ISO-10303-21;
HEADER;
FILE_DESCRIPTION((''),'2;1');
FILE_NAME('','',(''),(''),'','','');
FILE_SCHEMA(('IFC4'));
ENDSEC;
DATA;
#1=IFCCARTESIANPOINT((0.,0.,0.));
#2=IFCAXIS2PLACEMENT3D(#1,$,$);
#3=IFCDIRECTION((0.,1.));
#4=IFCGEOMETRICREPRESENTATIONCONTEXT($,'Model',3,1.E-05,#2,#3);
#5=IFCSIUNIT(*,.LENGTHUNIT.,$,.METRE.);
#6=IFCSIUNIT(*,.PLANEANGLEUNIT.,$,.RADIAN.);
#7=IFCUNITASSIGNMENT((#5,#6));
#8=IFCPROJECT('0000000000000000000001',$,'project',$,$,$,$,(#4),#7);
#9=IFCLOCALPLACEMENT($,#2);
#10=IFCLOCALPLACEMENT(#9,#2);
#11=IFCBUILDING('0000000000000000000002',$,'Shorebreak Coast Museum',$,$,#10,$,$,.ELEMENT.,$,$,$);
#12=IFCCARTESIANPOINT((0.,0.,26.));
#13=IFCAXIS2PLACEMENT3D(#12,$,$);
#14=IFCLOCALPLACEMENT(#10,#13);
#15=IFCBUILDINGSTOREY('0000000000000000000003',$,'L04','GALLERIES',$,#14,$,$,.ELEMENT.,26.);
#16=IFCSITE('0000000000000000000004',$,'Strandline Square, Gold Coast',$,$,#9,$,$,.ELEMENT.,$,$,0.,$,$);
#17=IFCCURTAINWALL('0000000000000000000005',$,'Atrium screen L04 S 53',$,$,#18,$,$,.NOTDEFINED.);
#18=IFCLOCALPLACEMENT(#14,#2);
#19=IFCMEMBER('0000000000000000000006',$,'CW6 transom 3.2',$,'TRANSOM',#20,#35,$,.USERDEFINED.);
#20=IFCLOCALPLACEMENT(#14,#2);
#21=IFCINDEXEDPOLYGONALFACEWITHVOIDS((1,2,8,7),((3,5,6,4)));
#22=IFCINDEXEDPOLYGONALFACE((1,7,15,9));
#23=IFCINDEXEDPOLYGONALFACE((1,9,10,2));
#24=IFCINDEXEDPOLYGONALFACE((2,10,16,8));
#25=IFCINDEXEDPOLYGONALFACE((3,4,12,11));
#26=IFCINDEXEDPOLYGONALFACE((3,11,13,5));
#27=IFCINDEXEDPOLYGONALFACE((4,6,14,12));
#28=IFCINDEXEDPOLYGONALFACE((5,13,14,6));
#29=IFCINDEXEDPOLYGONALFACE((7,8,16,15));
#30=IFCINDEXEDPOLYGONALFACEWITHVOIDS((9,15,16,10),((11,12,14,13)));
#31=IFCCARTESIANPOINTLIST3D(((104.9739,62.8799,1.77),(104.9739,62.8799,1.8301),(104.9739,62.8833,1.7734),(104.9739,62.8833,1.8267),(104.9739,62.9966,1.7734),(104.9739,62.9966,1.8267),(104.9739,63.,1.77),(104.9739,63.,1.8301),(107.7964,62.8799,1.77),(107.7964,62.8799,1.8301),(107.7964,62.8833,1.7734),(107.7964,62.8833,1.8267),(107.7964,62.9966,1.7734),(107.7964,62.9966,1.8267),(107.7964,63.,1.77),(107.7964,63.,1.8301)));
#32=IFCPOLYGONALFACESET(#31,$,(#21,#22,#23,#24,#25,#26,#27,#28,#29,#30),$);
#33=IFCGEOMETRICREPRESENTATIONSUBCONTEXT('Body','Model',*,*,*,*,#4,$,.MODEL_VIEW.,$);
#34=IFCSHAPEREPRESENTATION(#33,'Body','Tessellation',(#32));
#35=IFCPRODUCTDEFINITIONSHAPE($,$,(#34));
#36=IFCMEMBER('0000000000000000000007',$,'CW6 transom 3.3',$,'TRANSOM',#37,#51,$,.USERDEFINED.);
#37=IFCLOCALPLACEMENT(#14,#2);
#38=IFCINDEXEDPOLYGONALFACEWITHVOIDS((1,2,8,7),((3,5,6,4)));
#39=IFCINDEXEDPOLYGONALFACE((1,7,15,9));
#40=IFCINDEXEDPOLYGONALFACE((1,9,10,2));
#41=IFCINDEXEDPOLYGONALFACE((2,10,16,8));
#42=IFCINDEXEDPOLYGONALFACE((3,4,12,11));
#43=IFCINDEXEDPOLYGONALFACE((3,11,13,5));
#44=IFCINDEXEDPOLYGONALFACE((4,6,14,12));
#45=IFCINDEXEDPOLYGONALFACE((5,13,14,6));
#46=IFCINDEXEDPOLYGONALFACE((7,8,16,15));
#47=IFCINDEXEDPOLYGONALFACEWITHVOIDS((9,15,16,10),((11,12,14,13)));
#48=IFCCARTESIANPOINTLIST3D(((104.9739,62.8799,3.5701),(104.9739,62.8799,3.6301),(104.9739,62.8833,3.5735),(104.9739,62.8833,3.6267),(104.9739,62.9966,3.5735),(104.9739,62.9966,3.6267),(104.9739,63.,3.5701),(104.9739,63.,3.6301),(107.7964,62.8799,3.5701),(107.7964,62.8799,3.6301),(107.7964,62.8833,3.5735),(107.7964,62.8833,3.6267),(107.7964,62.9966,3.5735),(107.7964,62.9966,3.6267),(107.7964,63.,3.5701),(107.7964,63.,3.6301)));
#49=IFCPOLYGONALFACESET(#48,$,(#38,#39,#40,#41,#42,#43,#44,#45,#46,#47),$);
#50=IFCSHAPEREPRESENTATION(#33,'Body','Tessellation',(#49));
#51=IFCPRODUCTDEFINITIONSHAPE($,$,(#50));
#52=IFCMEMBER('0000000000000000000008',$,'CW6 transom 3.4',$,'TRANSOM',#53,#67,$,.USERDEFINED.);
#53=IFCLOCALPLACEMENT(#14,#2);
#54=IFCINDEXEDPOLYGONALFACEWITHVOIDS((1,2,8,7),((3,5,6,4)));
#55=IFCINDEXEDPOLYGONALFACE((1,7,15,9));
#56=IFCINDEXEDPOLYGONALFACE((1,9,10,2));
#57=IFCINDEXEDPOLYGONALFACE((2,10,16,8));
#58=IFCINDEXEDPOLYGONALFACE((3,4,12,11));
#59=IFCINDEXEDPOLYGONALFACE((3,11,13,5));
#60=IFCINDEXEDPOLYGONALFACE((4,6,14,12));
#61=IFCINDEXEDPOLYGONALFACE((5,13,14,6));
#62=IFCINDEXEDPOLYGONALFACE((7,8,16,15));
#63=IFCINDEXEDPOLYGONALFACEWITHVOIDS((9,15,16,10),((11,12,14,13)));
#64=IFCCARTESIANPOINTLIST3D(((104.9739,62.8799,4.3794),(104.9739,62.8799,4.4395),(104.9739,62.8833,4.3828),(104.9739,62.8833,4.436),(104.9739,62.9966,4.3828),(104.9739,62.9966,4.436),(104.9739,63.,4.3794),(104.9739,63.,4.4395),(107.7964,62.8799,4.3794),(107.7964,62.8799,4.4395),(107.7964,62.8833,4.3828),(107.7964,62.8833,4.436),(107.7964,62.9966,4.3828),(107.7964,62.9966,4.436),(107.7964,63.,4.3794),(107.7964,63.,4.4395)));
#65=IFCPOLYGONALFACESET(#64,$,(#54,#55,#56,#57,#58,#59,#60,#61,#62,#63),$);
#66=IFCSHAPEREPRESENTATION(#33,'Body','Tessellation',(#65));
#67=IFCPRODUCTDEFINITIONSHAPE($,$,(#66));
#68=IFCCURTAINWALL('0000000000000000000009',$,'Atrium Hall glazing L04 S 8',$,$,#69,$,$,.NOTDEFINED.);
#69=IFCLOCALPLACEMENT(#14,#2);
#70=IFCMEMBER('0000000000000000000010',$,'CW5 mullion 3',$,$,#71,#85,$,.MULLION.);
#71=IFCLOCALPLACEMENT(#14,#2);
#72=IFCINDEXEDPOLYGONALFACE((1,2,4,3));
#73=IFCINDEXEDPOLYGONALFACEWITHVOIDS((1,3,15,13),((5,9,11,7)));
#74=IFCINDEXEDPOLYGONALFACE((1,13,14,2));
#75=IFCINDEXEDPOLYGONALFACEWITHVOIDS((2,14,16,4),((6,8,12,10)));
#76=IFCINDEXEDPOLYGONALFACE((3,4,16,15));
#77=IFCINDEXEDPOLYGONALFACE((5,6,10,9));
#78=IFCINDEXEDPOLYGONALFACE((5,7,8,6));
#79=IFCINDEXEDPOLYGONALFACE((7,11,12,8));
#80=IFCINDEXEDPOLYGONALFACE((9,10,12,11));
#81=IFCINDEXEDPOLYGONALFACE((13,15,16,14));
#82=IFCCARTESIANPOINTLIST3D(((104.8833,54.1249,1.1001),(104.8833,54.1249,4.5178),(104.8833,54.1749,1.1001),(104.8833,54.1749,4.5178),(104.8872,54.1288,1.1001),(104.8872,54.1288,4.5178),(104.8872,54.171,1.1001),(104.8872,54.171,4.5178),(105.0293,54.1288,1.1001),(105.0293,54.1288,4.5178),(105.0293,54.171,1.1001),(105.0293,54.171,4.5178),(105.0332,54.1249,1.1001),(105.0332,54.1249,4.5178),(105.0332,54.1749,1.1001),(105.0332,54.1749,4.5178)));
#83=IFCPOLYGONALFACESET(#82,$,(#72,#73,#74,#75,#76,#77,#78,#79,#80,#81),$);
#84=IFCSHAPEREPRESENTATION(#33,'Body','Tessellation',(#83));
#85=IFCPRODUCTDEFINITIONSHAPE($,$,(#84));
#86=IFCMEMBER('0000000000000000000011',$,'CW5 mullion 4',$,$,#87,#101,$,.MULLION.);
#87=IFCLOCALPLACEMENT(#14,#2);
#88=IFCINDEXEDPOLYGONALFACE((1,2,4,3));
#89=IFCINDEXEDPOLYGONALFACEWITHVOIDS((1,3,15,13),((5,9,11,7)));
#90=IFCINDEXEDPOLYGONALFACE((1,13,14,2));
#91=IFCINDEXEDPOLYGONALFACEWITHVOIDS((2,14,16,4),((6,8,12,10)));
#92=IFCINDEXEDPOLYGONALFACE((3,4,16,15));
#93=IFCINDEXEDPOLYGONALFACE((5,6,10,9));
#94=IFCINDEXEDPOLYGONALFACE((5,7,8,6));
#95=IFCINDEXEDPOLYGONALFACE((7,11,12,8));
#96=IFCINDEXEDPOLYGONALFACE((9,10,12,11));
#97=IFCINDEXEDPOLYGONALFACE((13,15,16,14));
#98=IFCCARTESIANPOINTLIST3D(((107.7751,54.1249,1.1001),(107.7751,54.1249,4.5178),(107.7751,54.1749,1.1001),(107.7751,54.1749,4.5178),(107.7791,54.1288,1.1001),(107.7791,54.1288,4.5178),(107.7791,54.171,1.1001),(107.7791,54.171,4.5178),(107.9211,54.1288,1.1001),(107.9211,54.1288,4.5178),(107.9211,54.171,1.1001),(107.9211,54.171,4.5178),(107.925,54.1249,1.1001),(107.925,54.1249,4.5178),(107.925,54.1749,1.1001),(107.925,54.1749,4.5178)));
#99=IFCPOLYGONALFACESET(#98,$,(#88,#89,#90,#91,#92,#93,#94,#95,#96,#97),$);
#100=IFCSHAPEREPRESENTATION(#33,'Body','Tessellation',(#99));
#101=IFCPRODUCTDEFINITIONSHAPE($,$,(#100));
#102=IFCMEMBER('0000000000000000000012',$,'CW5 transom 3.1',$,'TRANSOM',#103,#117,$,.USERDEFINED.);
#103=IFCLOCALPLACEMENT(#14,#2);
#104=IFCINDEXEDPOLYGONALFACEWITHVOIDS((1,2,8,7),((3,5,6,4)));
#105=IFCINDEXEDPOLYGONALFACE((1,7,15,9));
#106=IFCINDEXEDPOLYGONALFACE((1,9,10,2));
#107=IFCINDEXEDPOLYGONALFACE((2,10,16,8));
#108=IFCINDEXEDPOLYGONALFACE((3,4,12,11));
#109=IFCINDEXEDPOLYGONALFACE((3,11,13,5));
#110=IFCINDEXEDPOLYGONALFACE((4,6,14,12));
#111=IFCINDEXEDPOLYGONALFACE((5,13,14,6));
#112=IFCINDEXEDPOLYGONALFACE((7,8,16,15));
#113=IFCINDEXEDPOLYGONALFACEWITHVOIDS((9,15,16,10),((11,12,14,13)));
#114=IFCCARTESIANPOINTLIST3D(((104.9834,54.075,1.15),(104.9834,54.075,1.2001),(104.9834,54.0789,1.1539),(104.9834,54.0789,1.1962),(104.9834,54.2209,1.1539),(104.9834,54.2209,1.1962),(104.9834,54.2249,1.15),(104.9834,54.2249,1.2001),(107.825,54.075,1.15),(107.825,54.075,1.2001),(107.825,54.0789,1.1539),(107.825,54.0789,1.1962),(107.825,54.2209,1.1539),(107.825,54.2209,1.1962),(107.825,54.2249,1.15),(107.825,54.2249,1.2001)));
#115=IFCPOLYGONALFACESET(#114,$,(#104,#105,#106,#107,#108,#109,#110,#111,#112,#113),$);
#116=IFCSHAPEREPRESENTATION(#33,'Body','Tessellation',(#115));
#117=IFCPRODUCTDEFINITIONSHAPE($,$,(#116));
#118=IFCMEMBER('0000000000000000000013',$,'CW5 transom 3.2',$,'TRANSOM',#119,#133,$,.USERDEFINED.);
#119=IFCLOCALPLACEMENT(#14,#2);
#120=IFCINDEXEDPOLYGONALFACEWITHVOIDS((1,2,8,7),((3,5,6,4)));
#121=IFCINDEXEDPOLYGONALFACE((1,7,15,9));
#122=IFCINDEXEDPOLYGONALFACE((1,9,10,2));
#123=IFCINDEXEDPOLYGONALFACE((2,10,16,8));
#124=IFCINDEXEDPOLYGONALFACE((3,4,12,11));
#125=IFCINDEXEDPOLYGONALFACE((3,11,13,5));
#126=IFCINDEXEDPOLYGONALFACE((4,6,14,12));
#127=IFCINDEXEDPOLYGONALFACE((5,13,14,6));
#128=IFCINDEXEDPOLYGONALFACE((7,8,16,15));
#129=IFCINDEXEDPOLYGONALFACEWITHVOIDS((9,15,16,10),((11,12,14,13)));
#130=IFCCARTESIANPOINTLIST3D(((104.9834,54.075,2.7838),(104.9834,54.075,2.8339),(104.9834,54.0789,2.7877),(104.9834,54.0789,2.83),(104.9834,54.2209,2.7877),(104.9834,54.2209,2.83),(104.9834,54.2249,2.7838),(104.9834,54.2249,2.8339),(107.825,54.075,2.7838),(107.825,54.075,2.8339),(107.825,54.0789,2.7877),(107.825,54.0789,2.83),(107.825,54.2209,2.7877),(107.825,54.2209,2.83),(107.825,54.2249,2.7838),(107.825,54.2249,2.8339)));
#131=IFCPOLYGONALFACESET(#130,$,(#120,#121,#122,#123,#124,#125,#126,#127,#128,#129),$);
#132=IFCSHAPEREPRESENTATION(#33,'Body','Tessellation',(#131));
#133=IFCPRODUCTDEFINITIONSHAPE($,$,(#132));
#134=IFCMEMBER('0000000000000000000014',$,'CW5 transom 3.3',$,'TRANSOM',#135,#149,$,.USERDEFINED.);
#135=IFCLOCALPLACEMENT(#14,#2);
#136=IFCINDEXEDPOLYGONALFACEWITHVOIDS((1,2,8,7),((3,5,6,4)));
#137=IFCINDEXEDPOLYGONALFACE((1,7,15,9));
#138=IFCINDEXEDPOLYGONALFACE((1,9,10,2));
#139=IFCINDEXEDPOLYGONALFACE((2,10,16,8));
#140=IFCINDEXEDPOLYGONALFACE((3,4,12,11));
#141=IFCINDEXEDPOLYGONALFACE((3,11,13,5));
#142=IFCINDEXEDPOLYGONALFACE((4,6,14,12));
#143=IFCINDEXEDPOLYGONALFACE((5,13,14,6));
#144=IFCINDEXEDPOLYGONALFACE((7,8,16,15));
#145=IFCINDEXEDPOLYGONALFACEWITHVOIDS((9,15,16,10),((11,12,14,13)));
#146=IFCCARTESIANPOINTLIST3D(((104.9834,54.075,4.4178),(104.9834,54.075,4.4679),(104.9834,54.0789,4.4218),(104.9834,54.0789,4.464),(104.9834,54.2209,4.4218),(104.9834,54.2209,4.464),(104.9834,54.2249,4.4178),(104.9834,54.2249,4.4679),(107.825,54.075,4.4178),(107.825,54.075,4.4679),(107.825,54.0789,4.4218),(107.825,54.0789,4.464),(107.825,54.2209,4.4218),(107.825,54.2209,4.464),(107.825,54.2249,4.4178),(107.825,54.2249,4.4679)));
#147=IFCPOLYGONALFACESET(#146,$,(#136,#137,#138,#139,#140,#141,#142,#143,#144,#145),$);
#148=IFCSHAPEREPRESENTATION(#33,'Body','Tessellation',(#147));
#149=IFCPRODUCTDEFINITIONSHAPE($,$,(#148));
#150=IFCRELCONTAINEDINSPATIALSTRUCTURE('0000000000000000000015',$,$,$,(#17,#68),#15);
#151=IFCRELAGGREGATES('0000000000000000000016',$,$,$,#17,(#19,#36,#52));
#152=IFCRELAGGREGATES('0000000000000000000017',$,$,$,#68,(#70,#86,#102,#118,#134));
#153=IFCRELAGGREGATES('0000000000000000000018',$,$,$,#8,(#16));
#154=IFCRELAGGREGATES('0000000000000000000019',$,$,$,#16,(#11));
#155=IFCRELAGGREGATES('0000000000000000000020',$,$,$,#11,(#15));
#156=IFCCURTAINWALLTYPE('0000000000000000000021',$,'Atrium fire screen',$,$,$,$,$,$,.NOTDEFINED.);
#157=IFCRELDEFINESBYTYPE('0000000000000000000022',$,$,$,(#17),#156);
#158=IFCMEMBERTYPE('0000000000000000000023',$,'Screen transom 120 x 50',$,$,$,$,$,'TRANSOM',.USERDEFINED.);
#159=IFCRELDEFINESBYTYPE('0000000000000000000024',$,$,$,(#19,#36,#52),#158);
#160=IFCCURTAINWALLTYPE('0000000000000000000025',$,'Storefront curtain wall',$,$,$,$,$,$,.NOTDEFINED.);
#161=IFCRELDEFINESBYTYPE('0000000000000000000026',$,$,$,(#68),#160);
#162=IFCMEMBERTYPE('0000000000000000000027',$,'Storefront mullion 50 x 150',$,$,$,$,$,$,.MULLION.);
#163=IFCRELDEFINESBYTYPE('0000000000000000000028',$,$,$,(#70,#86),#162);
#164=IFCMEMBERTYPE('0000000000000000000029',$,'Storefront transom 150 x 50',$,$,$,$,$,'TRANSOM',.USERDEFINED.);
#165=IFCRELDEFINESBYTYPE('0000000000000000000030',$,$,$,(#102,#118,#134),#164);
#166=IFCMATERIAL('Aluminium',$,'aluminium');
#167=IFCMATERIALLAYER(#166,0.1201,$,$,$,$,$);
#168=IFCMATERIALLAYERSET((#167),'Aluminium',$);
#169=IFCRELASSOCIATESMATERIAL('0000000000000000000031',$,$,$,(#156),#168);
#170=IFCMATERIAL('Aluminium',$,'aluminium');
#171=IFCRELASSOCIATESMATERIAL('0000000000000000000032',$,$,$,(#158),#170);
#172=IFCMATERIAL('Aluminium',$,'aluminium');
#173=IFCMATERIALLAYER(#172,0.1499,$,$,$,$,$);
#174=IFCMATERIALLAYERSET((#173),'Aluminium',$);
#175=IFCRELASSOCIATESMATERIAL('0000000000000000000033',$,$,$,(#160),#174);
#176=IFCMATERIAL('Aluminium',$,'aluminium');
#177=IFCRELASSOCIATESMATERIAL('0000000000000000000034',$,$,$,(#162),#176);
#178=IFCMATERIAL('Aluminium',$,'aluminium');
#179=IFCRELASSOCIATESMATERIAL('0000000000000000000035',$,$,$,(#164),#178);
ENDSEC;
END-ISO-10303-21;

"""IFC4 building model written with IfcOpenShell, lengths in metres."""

from ifc_helpers import new_model, si_unit, direction, frame, origin, origin_2d, place, context, subcontext, project, spatial, hollow_rectangle, extrude, material, layer, layer_set, material_profile, profile_set, type_object, element, aggregate, save


model = new_model("IFC4")

# Units and contexts
model_context = context("Model", 3, precision=1e-05, world=origin(), true_north=direction((0.0, 1.0)))
body_context = subcontext(model_context, "Body", "Model", "MODEL_VIEW")
ifc_project = project(units=[si_unit("LENGTHUNIT", "METRE"), si_unit("PLANEANGLEUNIT", "RADIAN")], contexts=[model_context])

# Site, building, storey
site_placement = place(None, origin())
site = spatial("IfcSite", under=ifc_project, at=site_placement, Name="Strandline Square, Gold Coast", CompositionType="ELEMENT", RefElevation=0.0)
building_placement = place(site_placement, origin())
building = spatial("IfcBuilding", under=site, at=building_placement, Name="Shorebreak Coast Museum", CompositionType="ELEMENT")
storey_placement = place(building_placement, frame((0.0, 0.0, 26.0)))
storey = spatial("IfcBuildingStorey", under=building, at=storey_placement, Name="L04", Description="GALLERIES", CompositionType="ELEMENT", Elevation=26.0)

# Curtain walls, members
ifc_material_1 = material(Name="Aluminium", Category="aluminium")
ifc_layer_1 = layer(ifc_material_1, 0.1201)
ifc_layer_set_1 = layer_set([ifc_layer_1], Name="Aluminium")
curtain_wall_type_1 = type_object("IfcCurtainWallType", Name="Atrium fire screen", PredefinedType="NOTDEFINED", material=ifc_layer_set_1)
curtain_wall_1_placement = place(storey_placement, origin())
curtain_wall_1 = element("IfcCurtainWall", 1, at=curtain_wall_1_placement, inside=storey, type_object=curtain_wall_type_1, Name="Atrium screen L04 S 53", PredefinedType="NOTDEFINED")
ifc_material_2 = material(Name="Aluminium", Category="aluminium")
ifc_material_profile_1 = material_profile(ifc_material_2, hollow_rectangle(XDim=0.1201, YDim=0.0601, WallThickness=0.0034, at=origin_2d()), Name="AL 60x120 RHS")
ifc_profile_set_1 = profile_set([ifc_material_profile_1], Name="Aluminium")
member_type_1 = type_object("IfcMemberType", Name="Screen transom 120 x 50", ElementType="TRANSOM", PredefinedType="USERDEFINED", material=ifc_profile_set_1)
member_1_placement = place(storey_placement, frame((104.9739, 62.9399, 1.8), z_axis=(1.0, 0.0, 0.0), x_axis=(0.0, 1.0, 0.0)))
member_1 = element("IfcMember", 2, at=member_1_placement, type_object=member_type_1, Name="CW6 transom 3.2", ObjectType="TRANSOM", PredefinedType="USERDEFINED", context=body_context, shape_type="SweptSolid", body=[
    extrude(hollow_rectangle(XDim=0.1201, YDim=0.0601, WallThickness=0.0034, at=origin_2d()), origin(), (0.0, 0.0, 1.0), 2.8225),
])
member_2_placement = place(storey_placement, frame((104.9739, 62.9399, 3.6001), z_axis=(1.0, 0.0, 0.0), x_axis=(0.0, 1.0, 0.0)))
member_2 = element("IfcMember", 3, at=member_2_placement, type_object=member_type_1, Name="CW6 transom 3.3", ObjectType="TRANSOM", PredefinedType="USERDEFINED", context=body_context, shape_type="SweptSolid", body=[
    extrude(hollow_rectangle(XDim=0.1201, YDim=0.0601, WallThickness=0.0034, at=origin_2d()), origin(), (0.0, 0.0, 1.0), 2.8225),
])
member_3_placement = place(storey_placement, frame((104.9739, 62.9399, 4.4094), z_axis=(1.0, 0.0, 0.0), x_axis=(0.0, 1.0, 0.0)))
member_3 = element("IfcMember", 4, at=member_3_placement, type_object=member_type_1, Name="CW6 transom 3.4", ObjectType="TRANSOM", PredefinedType="USERDEFINED", context=body_context, shape_type="SweptSolid", body=[
    extrude(hollow_rectangle(XDim=0.1201, YDim=0.0601, WallThickness=0.0034, at=origin_2d()), origin(), (0.0, 0.0, 1.0), 2.8225),
])
ifc_material_3 = material(Name="Aluminium", Category="aluminium")
ifc_layer_2 = layer(ifc_material_3, 0.1499)
ifc_layer_set_2 = layer_set([ifc_layer_2], Name="Aluminium")
curtain_wall_type_2 = type_object("IfcCurtainWallType", Name="Storefront curtain wall", PredefinedType="NOTDEFINED", material=ifc_layer_set_2)
curtain_wall_2_placement = place(storey_placement, origin())
curtain_wall_2 = element("IfcCurtainWall", 5, at=curtain_wall_2_placement, inside=storey, type_object=curtain_wall_type_2, Name="Atrium Hall glazing L04 S 8", PredefinedType="NOTDEFINED")
ifc_material_4 = material(Name="Aluminium", Category="aluminium")
ifc_material_profile_2 = material_profile(ifc_material_4, hollow_rectangle(XDim=0.05, YDim=0.1499, WallThickness=0.0039, at=origin_2d()), Name="AL 150x50 RHS")
ifc_profile_set_2 = profile_set([ifc_material_profile_2], Name="Aluminium")
member_type_2 = type_object("IfcMemberType", Name="Storefront mullion 50 x 150", PredefinedType="MULLION", material=ifc_profile_set_2)
member_4_placement = place(storey_placement, frame((104.9583, 54.1499, 1.1001), z_axis=(0.0, 0.0, 1.0), x_axis=(0.0, 1.0, 0.0)))
member_4 = element("IfcMember", 6, at=member_4_placement, type_object=member_type_2, Name="CW5 mullion 3", PredefinedType="MULLION", context=body_context, shape_type="SweptSolid", body=[
    extrude(hollow_rectangle(XDim=0.05, YDim=0.1499, WallThickness=0.0039, at=origin_2d()), origin(), (0.0, 0.0, 1.0), 3.4177),
])
member_5_placement = place(storey_placement, frame((107.8501, 54.1499, 1.1001), z_axis=(0.0, 0.0, 1.0), x_axis=(0.0, 1.0, 0.0)))
member_5 = element("IfcMember", 7, at=member_5_placement, type_object=member_type_2, Name="CW5 mullion 4", PredefinedType="MULLION", context=body_context, shape_type="SweptSolid", body=[
    extrude(hollow_rectangle(XDim=0.05, YDim=0.1499, WallThickness=0.0039, at=origin_2d()), origin(), (0.0, 0.0, 1.0), 3.4177),
])
ifc_material_5 = material(Name="Aluminium", Category="aluminium")
ifc_material_profile_3 = material_profile(ifc_material_5, hollow_rectangle(XDim=0.1499, YDim=0.05, WallThickness=0.0039, at=origin_2d()), Name="AL 50x150 RHS")
ifc_profile_set_3 = profile_set([ifc_material_profile_3], Name="Aluminium")
member_type_3 = type_object("IfcMemberType", Name="Storefront transom 150 x 50", ElementType="TRANSOM", PredefinedType="USERDEFINED", material=ifc_profile_set_3)
member_6_placement = place(storey_placement, frame((104.9834, 54.1499, 1.175), z_axis=(1.0, 0.0, 0.0), x_axis=(0.0, 1.0, 0.0)))
member_6 = element("IfcMember", 8, at=member_6_placement, type_object=member_type_3, Name="CW5 transom 3.1", ObjectType="TRANSOM", PredefinedType="USERDEFINED", context=body_context, shape_type="SweptSolid", body=[
    extrude(hollow_rectangle(XDim=0.1499, YDim=0.05, WallThickness=0.0039, at=origin_2d()), origin(), (0.0, 0.0, 1.0), 2.8416),
])
member_7_placement = place(storey_placement, frame((104.9834, 54.1499, 2.8088), z_axis=(1.0, 0.0, 0.0), x_axis=(0.0, 1.0, 0.0)))
member_7 = element("IfcMember", 9, at=member_7_placement, type_object=member_type_3, Name="CW5 transom 3.2", ObjectType="TRANSOM", PredefinedType="USERDEFINED", context=body_context, shape_type="SweptSolid", body=[
    extrude(hollow_rectangle(XDim=0.1499, YDim=0.05, WallThickness=0.0039, at=origin_2d()), origin(), (0.0, 0.0, 1.0), 2.8416),
])
member_8_placement = place(storey_placement, frame((104.9834, 54.1499, 4.4429), z_axis=(1.0, 0.0, 0.0), x_axis=(0.0, 1.0, 0.0)))
member_8 = element("IfcMember", 10, at=member_8_placement, type_object=member_type_3, Name="CW5 transom 3.3", ObjectType="TRANSOM", PredefinedType="USERDEFINED", context=body_context, shape_type="SweptSolid", body=[
    extrude(hollow_rectangle(XDim=0.1499, YDim=0.05, WallThickness=0.0039, at=origin_2d()), origin(), (0.0, 0.0, 1.0), 2.8416),
])

aggregate(curtain_wall_1, [member_1, member_2, member_3])
aggregate(curtain_wall_2, [member_4, member_5, member_6, member_7, member_8])

save(model, "model.ifc")
